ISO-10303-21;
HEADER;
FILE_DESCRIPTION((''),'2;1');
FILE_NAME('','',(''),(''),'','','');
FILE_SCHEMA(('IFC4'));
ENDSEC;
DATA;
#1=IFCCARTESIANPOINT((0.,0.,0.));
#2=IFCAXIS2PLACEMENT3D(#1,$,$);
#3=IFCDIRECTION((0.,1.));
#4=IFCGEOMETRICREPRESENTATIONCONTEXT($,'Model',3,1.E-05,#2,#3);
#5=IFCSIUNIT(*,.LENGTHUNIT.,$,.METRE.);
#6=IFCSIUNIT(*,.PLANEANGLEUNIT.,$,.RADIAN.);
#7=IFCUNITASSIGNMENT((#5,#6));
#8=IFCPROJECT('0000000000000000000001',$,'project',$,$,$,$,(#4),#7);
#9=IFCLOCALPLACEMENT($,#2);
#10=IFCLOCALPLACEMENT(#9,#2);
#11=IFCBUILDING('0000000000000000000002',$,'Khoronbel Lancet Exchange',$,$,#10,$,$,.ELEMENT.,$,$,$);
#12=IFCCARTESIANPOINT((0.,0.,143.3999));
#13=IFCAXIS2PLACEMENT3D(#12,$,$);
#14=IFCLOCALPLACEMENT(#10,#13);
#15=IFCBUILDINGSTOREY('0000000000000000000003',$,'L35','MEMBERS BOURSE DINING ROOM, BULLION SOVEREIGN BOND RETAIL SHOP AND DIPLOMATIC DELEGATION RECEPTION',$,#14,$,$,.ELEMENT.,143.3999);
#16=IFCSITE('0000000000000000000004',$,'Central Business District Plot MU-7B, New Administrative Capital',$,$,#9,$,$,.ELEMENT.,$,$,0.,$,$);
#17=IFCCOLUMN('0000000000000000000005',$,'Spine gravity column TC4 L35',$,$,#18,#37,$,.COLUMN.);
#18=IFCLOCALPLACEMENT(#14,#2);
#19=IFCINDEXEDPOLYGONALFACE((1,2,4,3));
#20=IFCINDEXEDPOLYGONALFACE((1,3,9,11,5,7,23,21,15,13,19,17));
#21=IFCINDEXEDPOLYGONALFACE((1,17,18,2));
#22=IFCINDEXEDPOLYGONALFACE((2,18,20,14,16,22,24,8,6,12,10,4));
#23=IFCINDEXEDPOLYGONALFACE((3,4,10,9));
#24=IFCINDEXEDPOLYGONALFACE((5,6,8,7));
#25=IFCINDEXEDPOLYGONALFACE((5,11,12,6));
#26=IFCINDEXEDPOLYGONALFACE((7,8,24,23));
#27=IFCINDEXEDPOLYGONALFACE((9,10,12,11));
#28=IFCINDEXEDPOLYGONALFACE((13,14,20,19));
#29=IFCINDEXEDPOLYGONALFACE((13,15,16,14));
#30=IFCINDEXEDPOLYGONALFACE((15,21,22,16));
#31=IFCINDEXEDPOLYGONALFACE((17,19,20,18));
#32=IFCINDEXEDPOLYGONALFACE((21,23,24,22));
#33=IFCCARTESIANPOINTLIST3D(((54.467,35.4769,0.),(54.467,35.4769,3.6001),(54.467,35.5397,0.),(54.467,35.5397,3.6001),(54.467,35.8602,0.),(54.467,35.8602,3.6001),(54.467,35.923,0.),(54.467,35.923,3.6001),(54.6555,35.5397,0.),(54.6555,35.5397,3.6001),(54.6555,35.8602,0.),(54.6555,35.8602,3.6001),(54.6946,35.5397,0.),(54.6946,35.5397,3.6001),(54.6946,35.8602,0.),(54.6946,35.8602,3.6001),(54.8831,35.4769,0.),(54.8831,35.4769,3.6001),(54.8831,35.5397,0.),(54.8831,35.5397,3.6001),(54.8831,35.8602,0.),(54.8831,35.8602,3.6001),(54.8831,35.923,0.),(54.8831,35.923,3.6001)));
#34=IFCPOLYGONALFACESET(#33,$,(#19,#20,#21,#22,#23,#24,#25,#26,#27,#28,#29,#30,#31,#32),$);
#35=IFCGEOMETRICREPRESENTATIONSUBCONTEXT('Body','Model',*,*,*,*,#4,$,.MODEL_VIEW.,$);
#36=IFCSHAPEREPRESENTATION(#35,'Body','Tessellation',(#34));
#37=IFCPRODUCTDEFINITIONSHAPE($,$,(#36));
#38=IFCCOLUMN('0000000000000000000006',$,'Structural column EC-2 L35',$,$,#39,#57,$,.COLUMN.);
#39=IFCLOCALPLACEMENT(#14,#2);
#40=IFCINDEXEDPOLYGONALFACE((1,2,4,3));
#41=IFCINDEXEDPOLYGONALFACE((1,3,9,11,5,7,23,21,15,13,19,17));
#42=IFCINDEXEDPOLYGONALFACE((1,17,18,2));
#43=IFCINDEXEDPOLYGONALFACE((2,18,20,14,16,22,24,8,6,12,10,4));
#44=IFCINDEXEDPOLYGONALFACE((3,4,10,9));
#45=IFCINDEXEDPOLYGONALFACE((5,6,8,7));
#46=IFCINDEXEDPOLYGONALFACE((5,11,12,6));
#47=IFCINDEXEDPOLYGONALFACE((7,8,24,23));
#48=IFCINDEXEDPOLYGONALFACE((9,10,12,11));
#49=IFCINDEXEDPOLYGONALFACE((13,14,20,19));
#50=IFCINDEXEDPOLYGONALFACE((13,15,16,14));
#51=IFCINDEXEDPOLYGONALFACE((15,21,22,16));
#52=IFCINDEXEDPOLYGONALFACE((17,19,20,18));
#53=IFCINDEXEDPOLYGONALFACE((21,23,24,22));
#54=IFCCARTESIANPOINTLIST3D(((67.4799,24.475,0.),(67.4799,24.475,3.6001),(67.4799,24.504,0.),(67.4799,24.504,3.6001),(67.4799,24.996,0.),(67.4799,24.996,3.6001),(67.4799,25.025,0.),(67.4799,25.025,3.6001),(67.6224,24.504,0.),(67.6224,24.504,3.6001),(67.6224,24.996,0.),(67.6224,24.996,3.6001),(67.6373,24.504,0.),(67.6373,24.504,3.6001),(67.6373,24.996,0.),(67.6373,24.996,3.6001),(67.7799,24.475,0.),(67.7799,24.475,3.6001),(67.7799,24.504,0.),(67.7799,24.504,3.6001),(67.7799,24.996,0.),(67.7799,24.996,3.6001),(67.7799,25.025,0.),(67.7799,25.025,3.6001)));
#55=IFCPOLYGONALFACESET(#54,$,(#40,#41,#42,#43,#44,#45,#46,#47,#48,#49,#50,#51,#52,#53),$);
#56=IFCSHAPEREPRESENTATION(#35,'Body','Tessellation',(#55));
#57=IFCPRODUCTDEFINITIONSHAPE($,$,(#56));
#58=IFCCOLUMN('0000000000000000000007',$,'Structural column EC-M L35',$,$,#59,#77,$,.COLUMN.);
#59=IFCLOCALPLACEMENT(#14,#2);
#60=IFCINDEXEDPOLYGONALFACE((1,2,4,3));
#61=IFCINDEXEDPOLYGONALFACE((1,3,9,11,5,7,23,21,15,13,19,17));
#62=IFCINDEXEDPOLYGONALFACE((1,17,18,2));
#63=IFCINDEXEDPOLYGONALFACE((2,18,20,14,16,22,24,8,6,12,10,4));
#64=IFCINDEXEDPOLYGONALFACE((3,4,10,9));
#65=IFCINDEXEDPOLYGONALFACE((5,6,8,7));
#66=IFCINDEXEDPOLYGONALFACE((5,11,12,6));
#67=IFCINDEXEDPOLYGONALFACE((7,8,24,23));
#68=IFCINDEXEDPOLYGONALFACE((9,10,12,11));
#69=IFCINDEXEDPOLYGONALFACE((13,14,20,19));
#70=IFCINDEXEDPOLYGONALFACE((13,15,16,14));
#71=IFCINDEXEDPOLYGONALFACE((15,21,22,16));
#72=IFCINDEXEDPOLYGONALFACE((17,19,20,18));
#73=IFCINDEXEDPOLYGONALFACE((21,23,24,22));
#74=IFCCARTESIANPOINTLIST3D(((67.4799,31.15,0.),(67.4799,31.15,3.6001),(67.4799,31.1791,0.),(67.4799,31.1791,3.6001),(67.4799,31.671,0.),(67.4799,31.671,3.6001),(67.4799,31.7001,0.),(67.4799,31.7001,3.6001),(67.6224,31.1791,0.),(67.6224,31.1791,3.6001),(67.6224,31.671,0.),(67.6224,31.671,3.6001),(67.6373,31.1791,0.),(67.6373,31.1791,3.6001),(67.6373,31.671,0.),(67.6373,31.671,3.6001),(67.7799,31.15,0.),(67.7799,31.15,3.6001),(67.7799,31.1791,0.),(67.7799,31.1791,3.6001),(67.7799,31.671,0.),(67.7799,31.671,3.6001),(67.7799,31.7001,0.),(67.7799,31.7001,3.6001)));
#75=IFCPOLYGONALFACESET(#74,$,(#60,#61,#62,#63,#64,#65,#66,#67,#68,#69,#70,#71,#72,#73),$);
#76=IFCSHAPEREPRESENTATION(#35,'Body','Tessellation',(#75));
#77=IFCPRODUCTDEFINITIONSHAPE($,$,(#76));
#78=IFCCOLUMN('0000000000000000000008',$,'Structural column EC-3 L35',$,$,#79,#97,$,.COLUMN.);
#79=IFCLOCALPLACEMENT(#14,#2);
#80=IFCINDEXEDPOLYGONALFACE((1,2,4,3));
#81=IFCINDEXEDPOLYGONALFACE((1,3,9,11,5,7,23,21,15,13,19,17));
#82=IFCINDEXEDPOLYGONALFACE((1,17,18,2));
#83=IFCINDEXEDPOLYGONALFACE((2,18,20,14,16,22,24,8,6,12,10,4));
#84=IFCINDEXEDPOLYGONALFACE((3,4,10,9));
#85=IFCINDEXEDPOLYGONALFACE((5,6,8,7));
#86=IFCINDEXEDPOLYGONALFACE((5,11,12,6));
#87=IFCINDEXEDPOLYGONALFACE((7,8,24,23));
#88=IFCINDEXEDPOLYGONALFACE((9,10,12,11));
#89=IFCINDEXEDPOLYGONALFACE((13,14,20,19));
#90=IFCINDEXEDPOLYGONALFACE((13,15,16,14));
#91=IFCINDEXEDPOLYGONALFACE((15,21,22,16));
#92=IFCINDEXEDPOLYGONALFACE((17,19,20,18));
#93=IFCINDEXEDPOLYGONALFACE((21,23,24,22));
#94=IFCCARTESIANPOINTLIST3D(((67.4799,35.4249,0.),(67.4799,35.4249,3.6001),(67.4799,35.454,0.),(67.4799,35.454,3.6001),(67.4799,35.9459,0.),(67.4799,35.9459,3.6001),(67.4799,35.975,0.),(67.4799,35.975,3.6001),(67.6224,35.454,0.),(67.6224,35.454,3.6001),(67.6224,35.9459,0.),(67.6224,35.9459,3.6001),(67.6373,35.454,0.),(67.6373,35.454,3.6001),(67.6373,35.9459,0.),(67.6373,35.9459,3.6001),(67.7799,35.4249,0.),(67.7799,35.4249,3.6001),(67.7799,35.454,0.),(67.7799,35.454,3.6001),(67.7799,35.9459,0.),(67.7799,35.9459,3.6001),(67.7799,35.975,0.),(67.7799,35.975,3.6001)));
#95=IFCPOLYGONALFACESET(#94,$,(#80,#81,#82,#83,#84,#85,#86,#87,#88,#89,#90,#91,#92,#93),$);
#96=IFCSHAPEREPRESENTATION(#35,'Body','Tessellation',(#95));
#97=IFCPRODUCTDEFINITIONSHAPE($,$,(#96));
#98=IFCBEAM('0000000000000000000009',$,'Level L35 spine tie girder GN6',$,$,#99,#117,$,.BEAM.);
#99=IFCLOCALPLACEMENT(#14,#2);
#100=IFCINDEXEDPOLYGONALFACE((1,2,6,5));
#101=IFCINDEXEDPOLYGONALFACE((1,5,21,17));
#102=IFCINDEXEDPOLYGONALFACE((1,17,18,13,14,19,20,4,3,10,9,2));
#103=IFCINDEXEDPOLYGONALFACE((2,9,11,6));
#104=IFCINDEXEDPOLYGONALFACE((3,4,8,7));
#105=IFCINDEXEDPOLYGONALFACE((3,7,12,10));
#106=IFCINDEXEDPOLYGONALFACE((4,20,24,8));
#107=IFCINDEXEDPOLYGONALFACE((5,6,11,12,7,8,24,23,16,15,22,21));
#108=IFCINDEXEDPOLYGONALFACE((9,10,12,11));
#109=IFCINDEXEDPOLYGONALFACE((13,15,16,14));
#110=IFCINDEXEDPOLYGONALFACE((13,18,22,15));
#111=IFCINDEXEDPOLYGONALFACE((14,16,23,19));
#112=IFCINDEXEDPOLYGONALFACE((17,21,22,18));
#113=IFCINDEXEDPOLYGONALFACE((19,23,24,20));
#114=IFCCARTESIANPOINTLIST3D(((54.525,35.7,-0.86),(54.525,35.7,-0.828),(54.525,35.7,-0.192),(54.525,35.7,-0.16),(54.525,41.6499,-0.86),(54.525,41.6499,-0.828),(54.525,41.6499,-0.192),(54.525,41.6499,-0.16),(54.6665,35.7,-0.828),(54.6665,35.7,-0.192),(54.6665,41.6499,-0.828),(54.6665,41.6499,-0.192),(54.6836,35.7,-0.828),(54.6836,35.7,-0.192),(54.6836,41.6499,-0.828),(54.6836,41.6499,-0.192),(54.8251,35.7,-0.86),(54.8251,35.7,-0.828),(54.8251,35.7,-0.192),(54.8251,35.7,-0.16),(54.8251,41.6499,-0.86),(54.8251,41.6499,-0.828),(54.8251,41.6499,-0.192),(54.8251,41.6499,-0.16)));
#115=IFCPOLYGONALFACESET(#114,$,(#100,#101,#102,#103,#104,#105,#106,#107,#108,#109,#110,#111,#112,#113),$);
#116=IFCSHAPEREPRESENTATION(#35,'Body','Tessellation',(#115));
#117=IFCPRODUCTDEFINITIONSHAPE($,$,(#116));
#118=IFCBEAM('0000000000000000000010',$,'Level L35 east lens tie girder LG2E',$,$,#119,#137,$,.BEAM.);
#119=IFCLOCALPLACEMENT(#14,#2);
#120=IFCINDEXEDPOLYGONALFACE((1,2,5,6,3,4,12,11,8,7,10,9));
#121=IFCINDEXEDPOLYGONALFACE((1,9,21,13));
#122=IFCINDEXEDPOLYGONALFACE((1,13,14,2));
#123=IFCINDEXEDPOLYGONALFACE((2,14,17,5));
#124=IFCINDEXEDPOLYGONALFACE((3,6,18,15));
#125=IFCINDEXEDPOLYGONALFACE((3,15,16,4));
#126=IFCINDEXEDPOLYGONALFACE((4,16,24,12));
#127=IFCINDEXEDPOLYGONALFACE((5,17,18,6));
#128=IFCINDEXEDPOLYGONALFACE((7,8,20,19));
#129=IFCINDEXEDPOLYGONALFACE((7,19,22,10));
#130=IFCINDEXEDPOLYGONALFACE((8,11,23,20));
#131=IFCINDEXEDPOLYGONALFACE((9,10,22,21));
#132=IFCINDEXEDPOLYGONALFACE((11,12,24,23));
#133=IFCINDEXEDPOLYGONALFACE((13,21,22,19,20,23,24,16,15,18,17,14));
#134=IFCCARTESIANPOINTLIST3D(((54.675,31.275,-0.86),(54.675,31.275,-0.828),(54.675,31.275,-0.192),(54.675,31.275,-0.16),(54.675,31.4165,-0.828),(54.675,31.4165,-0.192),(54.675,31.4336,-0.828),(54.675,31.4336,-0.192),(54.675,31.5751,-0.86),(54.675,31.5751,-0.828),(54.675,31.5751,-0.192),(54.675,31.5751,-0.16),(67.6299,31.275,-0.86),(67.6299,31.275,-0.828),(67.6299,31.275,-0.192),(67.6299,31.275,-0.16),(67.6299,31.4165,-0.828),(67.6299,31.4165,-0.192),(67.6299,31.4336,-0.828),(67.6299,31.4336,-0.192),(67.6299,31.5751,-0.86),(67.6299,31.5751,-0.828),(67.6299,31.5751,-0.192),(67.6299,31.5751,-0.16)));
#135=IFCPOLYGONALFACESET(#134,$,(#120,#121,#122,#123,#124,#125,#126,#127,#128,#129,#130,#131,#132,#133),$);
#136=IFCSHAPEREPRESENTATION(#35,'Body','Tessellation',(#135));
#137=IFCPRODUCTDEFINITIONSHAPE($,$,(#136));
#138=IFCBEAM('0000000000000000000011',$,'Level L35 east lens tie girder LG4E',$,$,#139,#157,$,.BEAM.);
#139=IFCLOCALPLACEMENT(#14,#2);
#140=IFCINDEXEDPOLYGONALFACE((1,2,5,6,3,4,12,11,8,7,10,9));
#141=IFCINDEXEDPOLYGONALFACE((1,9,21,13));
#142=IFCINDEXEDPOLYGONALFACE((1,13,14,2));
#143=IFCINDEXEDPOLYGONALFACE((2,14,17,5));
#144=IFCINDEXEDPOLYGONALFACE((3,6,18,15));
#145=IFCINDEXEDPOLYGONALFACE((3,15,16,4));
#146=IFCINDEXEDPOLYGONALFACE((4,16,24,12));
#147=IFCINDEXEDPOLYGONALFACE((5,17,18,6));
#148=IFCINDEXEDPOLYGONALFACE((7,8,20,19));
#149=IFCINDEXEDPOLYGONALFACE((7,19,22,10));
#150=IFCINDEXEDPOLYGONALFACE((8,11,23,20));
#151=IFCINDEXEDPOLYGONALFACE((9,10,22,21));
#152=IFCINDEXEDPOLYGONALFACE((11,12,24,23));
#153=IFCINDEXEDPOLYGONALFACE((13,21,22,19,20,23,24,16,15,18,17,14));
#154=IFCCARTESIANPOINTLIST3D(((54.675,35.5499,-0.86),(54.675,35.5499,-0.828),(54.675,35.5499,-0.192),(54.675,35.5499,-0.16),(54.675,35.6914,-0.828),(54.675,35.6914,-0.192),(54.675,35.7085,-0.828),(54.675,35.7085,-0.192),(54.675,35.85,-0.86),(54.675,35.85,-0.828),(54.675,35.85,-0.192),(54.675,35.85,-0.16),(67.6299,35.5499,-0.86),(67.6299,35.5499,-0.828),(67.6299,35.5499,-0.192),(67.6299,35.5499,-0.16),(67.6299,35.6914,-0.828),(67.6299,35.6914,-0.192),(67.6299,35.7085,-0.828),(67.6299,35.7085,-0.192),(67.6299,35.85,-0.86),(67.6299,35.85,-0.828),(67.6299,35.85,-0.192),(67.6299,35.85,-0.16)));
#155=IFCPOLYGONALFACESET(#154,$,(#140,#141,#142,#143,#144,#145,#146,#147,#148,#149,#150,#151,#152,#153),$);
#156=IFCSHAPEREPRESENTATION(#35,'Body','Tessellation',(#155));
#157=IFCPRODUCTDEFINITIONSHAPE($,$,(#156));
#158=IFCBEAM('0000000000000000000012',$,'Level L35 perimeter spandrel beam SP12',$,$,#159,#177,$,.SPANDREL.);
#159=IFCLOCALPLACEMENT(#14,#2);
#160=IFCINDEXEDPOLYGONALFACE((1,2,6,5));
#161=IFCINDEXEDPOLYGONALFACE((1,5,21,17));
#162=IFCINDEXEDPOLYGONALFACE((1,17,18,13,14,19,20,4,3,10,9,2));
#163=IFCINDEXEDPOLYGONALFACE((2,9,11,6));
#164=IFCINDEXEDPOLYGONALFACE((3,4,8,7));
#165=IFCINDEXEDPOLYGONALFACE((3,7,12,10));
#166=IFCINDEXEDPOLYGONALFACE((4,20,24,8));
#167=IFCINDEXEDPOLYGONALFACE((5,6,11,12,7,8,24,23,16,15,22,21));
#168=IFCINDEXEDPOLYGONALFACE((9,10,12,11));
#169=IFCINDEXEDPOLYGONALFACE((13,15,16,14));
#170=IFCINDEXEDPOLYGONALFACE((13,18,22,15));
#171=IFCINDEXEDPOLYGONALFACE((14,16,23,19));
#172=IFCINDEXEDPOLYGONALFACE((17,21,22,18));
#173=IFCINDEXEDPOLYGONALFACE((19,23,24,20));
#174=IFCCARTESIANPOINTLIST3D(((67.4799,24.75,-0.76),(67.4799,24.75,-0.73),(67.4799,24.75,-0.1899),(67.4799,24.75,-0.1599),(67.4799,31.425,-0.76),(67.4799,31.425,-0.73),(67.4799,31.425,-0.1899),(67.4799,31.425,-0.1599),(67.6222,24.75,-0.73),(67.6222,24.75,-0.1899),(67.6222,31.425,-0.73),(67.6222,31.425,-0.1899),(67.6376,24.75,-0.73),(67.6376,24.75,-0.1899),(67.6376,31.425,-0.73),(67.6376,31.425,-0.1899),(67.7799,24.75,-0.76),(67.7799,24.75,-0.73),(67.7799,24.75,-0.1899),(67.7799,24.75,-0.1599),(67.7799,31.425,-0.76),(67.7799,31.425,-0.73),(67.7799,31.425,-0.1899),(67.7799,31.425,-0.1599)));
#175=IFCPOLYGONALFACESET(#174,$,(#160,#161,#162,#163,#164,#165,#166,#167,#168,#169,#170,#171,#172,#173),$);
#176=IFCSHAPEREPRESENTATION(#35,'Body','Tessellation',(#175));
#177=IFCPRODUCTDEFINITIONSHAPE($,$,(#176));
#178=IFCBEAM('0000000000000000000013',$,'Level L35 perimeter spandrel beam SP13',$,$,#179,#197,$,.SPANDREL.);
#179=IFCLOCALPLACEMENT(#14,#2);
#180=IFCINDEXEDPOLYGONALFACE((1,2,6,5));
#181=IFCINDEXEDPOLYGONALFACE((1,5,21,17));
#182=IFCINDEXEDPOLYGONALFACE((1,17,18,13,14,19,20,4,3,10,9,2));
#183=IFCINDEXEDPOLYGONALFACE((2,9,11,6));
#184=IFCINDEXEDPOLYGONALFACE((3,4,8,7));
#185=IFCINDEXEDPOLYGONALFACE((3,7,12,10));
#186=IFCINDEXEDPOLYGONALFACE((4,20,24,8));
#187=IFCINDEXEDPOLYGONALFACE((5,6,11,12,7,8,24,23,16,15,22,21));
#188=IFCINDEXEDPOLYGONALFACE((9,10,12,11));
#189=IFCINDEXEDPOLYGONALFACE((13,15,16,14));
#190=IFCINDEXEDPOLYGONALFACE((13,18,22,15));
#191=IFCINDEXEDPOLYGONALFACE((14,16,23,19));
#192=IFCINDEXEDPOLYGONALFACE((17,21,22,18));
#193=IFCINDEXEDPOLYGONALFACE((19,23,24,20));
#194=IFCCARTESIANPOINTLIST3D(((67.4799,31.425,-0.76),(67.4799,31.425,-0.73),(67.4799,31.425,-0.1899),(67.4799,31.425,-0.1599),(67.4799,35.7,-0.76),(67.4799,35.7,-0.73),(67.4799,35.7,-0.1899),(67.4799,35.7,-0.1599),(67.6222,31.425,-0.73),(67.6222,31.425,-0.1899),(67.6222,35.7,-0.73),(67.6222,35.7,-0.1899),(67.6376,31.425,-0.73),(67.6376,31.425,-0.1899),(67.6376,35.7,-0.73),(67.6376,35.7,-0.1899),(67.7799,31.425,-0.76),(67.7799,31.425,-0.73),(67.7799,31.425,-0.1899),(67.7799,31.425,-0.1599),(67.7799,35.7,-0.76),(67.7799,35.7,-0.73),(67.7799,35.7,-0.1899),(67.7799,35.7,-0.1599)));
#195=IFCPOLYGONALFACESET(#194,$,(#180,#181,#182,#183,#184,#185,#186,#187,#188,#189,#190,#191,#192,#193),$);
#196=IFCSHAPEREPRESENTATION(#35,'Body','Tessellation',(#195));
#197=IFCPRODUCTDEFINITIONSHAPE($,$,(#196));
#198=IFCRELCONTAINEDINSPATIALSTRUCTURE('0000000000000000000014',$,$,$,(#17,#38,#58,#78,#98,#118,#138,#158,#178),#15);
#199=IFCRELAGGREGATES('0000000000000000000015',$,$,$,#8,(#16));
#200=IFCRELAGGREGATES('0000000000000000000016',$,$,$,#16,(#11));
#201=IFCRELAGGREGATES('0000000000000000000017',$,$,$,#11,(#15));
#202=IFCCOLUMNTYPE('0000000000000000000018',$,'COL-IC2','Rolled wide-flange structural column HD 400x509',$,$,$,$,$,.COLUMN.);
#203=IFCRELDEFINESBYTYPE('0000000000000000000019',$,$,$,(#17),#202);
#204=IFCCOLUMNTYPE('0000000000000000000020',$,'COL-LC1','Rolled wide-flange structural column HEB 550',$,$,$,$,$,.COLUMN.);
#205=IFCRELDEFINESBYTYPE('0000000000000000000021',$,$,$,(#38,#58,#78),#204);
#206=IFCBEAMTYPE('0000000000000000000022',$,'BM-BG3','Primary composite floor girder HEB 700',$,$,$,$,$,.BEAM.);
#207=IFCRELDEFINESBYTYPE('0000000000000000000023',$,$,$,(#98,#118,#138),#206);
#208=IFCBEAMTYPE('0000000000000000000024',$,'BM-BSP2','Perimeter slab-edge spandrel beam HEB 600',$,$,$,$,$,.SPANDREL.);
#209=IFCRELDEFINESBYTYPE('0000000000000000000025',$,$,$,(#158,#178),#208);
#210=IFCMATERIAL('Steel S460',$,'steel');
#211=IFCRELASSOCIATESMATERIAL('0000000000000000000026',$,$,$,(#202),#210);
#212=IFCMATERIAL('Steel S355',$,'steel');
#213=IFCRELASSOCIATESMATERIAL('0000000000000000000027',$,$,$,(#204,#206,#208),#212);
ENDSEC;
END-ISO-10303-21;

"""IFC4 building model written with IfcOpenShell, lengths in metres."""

from ifc_helpers import new_model, si_unit, direction, frame, origin, origin_2d, place, context, subcontext, project, spatial, i_section, extrude, material, material_profile, profile_set, type_object, element, save


model = new_model("IFC4")

# Units and contexts
model_context = context("Model", 3, precision=1e-05, world=origin(), true_north=direction((0.0, 1.0)))
body_context = subcontext(model_context, "Body", "Model", "MODEL_VIEW")
ifc_project = project(units=[si_unit("LENGTHUNIT", "METRE"), si_unit("PLANEANGLEUNIT", "RADIAN")], contexts=[model_context])

# Site, building, storey
site_placement = place(None, origin())
site = spatial("IfcSite", under=ifc_project, at=site_placement, Name="Central Business District Plot MU-7B, New Administrative Capital", CompositionType="ELEMENT", RefElevation=0.0)
building_placement = place(site_placement, origin())
building = spatial("IfcBuilding", under=site, at=building_placement, Name="Khoronbel Lancet Exchange", CompositionType="ELEMENT")
storey_placement = place(building_placement, frame((0.0, 0.0, 143.3999)))
storey = spatial("IfcBuildingStorey", under=building, at=storey_placement, Name="L35", Description="MEMBERS BOURSE DINING ROOM, BULLION SOVEREIGN BOND RETAIL SHOP AND DIPLOMATIC DELEGATION RECEPTION", CompositionType="ELEMENT", Elevation=143.3999)

# Columns
ifc_material_1 = material(Name="Steel S460", Category="steel")
ifc_material_profile_1 = material_profile(ifc_material_1, i_section(OverallWidth=0.416, OverallDepth=0.446, WebThickness=0.0391, FlangeThickness=0.0627, at=origin_2d()), Name="HD 400x509")
ifc_profile_set_1 = profile_set([ifc_material_profile_1], Name="Steel S460")
column_type_1 = type_object("IfcColumnType", Name="COL-IC2", Description="Rolled wide-flange structural column HD 400x509", PredefinedType="COLUMN", material=ifc_profile_set_1)
column_placement = place(storey_placement, frame((54.675, 35.7, 0.0), z_axis=(0.0, 0.0, 1.0), x_axis=(1.0, 0.0, 0.0)))
element("IfcColumn", 1, at=column_placement, inside=storey, type_object=column_type_1, Name="Spine gravity column TC4 L35", PredefinedType="COLUMN", context=body_context, shape_type="SweptSolid", body=[
    extrude(i_section(OverallWidth=0.416, OverallDepth=0.446, WebThickness=0.0391, FlangeThickness=0.0627, at=origin_2d()), origin(), (0.0, 0.0, 1.0), 3.6001),
])
ifc_material_2 = material(Name="Steel S355", Category="steel")
ifc_material_profile_2 = material_profile(ifc_material_2, i_section(OverallWidth=0.3, OverallDepth=0.55, WebThickness=0.0149, FlangeThickness=0.0291, at=origin_2d()), Name="HEB 550")
ifc_profile_set_2 = profile_set([ifc_material_profile_2], Name="Steel S355")
column_type_2 = type_object("IfcColumnType", Name="COL-LC1", Description="Rolled wide-flange structural column HEB 550", PredefinedType="COLUMN", material=ifc_profile_set_2)
for number, where, z_axis, x_axis, name in (
    (2, (67.6299, 24.75, 0.0), (0.0, 0.0, 1.0), (1.0, 0.0, 0.0), "Structural column EC-2 L35"),
    (3, (67.6299, 31.425, 0.0), (0.0, 0.0, 1.0), (1.0, 0.0, 0.0), "Structural column EC-M L35"),
    (4, (67.6299, 35.7, 0.0), (0.0, 0.0, 1.0), (1.0, 0.0, 0.0), "Structural column EC-3 L35"),
):
    element("IfcColumn", number, at=place(storey_placement, frame(where, z_axis=z_axis, x_axis=x_axis)), inside=storey, type_object=column_type_2, Name=name, PredefinedType="COLUMN", context=body_context, shape_type="SweptSolid", body=[
        extrude(i_section(OverallWidth=0.3, OverallDepth=0.55, WebThickness=0.0149, FlangeThickness=0.0291, at=origin_2d()), origin(), (0.0, 0.0, 1.0), 3.6001),
    ])

# Beams
ifc_material_profile_3 = material_profile(ifc_material_2, i_section(OverallWidth=0.3, OverallDepth=0.7, WebThickness=0.0171, FlangeThickness=0.032, at=origin_2d()), Name="HEB 700")
ifc_profile_set_3 = profile_set([ifc_material_profile_3], Name="Steel S355")
beam_type_1 = type_object("IfcBeamType", Name="BM-BG3", Description="Primary composite floor girder HEB 700", PredefinedType="BEAM", material=ifc_profile_set_3)
beam_1_placement = place(storey_placement, frame((54.675, 35.7, -0.51), z_axis=(0.0, 1.0, 0.0), x_axis=(-1.0, 0.0, 0.0)))
element("IfcBeam", 5, at=beam_1_placement, inside=storey, type_object=beam_type_1, Name="Level L35 spine tie girder GN6", PredefinedType="BEAM", context=body_context, shape_type="SweptSolid", body=[
    extrude(i_section(OverallWidth=0.3, OverallDepth=0.7, WebThickness=0.0171, FlangeThickness=0.032, at=origin_2d()), origin(), (0.0, 0.0, 1.0), 5.95),
])
for number, where, z_axis, x_axis, name in (
    (6, (54.675, 31.425, -0.51), (1.0, 0.0, 0.0), (0.0, 1.0, 0.0), "Level L35 east lens tie girder LG2E"),
    (7, (54.675, 35.7, -0.51), (1.0, 0.0, 0.0), (0.0, 1.0, 0.0), "Level L35 east lens tie girder LG4E"),
):
    element("IfcBeam", number, at=place(storey_placement, frame(where, z_axis=z_axis, x_axis=x_axis)), inside=storey, type_object=beam_type_1, Name=name, PredefinedType="BEAM", context=body_context, shape_type="SweptSolid", body=[
        extrude(i_section(OverallWidth=0.3, OverallDepth=0.7, WebThickness=0.0171, FlangeThickness=0.032, at=origin_2d()), origin(), (0.0, 0.0, 1.0), 12.9548),
    ])
ifc_material_profile_4 = material_profile(ifc_material_2, i_section(OverallWidth=0.3, OverallDepth=0.6001, WebThickness=0.0154, FlangeThickness=0.03, at=origin_2d()), Name="HEB 600")
ifc_profile_set_4 = profile_set([ifc_material_profile_4], Name="Steel S355")
beam_type_2 = type_object("IfcBeamType", Name="BM-BSP2", Description="Perimeter slab-edge spandrel beam HEB 600", PredefinedType="SPANDREL", material=ifc_profile_set_4)
beam_2_placement = place(storey_placement, frame((67.6299, 24.75, -0.46), z_axis=(0.0, 1.0, 0.0), x_axis=(-1.0, 0.0, 0.0)))
element("IfcBeam", 8, at=beam_2_placement, inside=storey, type_object=beam_type_2, Name="Level L35 perimeter spandrel beam SP12", PredefinedType="SPANDREL", context=body_context, shape_type="SweptSolid", body=[
    extrude(i_section(OverallWidth=0.3, OverallDepth=0.6001, WebThickness=0.0154, FlangeThickness=0.03, at=origin_2d()), origin(), (0.0, 0.0, 1.0), 6.675),
])
beam_3_placement = place(storey_placement, frame((67.6299, 31.425, -0.46), z_axis=(0.0, 1.0, 0.0), x_axis=(-1.0, 0.0, 0.0)))
element("IfcBeam", 9, at=beam_3_placement, inside=storey, type_object=beam_type_2, Name="Level L35 perimeter spandrel beam SP13", PredefinedType="SPANDREL", context=body_context, shape_type="SweptSolid", body=[
    extrude(i_section(OverallWidth=0.3, OverallDepth=0.6001, WebThickness=0.0154, FlangeThickness=0.03, at=origin_2d()), origin(), (0.0, 0.0, 1.0), 4.2749),
])

save(model, "model.ifc")
